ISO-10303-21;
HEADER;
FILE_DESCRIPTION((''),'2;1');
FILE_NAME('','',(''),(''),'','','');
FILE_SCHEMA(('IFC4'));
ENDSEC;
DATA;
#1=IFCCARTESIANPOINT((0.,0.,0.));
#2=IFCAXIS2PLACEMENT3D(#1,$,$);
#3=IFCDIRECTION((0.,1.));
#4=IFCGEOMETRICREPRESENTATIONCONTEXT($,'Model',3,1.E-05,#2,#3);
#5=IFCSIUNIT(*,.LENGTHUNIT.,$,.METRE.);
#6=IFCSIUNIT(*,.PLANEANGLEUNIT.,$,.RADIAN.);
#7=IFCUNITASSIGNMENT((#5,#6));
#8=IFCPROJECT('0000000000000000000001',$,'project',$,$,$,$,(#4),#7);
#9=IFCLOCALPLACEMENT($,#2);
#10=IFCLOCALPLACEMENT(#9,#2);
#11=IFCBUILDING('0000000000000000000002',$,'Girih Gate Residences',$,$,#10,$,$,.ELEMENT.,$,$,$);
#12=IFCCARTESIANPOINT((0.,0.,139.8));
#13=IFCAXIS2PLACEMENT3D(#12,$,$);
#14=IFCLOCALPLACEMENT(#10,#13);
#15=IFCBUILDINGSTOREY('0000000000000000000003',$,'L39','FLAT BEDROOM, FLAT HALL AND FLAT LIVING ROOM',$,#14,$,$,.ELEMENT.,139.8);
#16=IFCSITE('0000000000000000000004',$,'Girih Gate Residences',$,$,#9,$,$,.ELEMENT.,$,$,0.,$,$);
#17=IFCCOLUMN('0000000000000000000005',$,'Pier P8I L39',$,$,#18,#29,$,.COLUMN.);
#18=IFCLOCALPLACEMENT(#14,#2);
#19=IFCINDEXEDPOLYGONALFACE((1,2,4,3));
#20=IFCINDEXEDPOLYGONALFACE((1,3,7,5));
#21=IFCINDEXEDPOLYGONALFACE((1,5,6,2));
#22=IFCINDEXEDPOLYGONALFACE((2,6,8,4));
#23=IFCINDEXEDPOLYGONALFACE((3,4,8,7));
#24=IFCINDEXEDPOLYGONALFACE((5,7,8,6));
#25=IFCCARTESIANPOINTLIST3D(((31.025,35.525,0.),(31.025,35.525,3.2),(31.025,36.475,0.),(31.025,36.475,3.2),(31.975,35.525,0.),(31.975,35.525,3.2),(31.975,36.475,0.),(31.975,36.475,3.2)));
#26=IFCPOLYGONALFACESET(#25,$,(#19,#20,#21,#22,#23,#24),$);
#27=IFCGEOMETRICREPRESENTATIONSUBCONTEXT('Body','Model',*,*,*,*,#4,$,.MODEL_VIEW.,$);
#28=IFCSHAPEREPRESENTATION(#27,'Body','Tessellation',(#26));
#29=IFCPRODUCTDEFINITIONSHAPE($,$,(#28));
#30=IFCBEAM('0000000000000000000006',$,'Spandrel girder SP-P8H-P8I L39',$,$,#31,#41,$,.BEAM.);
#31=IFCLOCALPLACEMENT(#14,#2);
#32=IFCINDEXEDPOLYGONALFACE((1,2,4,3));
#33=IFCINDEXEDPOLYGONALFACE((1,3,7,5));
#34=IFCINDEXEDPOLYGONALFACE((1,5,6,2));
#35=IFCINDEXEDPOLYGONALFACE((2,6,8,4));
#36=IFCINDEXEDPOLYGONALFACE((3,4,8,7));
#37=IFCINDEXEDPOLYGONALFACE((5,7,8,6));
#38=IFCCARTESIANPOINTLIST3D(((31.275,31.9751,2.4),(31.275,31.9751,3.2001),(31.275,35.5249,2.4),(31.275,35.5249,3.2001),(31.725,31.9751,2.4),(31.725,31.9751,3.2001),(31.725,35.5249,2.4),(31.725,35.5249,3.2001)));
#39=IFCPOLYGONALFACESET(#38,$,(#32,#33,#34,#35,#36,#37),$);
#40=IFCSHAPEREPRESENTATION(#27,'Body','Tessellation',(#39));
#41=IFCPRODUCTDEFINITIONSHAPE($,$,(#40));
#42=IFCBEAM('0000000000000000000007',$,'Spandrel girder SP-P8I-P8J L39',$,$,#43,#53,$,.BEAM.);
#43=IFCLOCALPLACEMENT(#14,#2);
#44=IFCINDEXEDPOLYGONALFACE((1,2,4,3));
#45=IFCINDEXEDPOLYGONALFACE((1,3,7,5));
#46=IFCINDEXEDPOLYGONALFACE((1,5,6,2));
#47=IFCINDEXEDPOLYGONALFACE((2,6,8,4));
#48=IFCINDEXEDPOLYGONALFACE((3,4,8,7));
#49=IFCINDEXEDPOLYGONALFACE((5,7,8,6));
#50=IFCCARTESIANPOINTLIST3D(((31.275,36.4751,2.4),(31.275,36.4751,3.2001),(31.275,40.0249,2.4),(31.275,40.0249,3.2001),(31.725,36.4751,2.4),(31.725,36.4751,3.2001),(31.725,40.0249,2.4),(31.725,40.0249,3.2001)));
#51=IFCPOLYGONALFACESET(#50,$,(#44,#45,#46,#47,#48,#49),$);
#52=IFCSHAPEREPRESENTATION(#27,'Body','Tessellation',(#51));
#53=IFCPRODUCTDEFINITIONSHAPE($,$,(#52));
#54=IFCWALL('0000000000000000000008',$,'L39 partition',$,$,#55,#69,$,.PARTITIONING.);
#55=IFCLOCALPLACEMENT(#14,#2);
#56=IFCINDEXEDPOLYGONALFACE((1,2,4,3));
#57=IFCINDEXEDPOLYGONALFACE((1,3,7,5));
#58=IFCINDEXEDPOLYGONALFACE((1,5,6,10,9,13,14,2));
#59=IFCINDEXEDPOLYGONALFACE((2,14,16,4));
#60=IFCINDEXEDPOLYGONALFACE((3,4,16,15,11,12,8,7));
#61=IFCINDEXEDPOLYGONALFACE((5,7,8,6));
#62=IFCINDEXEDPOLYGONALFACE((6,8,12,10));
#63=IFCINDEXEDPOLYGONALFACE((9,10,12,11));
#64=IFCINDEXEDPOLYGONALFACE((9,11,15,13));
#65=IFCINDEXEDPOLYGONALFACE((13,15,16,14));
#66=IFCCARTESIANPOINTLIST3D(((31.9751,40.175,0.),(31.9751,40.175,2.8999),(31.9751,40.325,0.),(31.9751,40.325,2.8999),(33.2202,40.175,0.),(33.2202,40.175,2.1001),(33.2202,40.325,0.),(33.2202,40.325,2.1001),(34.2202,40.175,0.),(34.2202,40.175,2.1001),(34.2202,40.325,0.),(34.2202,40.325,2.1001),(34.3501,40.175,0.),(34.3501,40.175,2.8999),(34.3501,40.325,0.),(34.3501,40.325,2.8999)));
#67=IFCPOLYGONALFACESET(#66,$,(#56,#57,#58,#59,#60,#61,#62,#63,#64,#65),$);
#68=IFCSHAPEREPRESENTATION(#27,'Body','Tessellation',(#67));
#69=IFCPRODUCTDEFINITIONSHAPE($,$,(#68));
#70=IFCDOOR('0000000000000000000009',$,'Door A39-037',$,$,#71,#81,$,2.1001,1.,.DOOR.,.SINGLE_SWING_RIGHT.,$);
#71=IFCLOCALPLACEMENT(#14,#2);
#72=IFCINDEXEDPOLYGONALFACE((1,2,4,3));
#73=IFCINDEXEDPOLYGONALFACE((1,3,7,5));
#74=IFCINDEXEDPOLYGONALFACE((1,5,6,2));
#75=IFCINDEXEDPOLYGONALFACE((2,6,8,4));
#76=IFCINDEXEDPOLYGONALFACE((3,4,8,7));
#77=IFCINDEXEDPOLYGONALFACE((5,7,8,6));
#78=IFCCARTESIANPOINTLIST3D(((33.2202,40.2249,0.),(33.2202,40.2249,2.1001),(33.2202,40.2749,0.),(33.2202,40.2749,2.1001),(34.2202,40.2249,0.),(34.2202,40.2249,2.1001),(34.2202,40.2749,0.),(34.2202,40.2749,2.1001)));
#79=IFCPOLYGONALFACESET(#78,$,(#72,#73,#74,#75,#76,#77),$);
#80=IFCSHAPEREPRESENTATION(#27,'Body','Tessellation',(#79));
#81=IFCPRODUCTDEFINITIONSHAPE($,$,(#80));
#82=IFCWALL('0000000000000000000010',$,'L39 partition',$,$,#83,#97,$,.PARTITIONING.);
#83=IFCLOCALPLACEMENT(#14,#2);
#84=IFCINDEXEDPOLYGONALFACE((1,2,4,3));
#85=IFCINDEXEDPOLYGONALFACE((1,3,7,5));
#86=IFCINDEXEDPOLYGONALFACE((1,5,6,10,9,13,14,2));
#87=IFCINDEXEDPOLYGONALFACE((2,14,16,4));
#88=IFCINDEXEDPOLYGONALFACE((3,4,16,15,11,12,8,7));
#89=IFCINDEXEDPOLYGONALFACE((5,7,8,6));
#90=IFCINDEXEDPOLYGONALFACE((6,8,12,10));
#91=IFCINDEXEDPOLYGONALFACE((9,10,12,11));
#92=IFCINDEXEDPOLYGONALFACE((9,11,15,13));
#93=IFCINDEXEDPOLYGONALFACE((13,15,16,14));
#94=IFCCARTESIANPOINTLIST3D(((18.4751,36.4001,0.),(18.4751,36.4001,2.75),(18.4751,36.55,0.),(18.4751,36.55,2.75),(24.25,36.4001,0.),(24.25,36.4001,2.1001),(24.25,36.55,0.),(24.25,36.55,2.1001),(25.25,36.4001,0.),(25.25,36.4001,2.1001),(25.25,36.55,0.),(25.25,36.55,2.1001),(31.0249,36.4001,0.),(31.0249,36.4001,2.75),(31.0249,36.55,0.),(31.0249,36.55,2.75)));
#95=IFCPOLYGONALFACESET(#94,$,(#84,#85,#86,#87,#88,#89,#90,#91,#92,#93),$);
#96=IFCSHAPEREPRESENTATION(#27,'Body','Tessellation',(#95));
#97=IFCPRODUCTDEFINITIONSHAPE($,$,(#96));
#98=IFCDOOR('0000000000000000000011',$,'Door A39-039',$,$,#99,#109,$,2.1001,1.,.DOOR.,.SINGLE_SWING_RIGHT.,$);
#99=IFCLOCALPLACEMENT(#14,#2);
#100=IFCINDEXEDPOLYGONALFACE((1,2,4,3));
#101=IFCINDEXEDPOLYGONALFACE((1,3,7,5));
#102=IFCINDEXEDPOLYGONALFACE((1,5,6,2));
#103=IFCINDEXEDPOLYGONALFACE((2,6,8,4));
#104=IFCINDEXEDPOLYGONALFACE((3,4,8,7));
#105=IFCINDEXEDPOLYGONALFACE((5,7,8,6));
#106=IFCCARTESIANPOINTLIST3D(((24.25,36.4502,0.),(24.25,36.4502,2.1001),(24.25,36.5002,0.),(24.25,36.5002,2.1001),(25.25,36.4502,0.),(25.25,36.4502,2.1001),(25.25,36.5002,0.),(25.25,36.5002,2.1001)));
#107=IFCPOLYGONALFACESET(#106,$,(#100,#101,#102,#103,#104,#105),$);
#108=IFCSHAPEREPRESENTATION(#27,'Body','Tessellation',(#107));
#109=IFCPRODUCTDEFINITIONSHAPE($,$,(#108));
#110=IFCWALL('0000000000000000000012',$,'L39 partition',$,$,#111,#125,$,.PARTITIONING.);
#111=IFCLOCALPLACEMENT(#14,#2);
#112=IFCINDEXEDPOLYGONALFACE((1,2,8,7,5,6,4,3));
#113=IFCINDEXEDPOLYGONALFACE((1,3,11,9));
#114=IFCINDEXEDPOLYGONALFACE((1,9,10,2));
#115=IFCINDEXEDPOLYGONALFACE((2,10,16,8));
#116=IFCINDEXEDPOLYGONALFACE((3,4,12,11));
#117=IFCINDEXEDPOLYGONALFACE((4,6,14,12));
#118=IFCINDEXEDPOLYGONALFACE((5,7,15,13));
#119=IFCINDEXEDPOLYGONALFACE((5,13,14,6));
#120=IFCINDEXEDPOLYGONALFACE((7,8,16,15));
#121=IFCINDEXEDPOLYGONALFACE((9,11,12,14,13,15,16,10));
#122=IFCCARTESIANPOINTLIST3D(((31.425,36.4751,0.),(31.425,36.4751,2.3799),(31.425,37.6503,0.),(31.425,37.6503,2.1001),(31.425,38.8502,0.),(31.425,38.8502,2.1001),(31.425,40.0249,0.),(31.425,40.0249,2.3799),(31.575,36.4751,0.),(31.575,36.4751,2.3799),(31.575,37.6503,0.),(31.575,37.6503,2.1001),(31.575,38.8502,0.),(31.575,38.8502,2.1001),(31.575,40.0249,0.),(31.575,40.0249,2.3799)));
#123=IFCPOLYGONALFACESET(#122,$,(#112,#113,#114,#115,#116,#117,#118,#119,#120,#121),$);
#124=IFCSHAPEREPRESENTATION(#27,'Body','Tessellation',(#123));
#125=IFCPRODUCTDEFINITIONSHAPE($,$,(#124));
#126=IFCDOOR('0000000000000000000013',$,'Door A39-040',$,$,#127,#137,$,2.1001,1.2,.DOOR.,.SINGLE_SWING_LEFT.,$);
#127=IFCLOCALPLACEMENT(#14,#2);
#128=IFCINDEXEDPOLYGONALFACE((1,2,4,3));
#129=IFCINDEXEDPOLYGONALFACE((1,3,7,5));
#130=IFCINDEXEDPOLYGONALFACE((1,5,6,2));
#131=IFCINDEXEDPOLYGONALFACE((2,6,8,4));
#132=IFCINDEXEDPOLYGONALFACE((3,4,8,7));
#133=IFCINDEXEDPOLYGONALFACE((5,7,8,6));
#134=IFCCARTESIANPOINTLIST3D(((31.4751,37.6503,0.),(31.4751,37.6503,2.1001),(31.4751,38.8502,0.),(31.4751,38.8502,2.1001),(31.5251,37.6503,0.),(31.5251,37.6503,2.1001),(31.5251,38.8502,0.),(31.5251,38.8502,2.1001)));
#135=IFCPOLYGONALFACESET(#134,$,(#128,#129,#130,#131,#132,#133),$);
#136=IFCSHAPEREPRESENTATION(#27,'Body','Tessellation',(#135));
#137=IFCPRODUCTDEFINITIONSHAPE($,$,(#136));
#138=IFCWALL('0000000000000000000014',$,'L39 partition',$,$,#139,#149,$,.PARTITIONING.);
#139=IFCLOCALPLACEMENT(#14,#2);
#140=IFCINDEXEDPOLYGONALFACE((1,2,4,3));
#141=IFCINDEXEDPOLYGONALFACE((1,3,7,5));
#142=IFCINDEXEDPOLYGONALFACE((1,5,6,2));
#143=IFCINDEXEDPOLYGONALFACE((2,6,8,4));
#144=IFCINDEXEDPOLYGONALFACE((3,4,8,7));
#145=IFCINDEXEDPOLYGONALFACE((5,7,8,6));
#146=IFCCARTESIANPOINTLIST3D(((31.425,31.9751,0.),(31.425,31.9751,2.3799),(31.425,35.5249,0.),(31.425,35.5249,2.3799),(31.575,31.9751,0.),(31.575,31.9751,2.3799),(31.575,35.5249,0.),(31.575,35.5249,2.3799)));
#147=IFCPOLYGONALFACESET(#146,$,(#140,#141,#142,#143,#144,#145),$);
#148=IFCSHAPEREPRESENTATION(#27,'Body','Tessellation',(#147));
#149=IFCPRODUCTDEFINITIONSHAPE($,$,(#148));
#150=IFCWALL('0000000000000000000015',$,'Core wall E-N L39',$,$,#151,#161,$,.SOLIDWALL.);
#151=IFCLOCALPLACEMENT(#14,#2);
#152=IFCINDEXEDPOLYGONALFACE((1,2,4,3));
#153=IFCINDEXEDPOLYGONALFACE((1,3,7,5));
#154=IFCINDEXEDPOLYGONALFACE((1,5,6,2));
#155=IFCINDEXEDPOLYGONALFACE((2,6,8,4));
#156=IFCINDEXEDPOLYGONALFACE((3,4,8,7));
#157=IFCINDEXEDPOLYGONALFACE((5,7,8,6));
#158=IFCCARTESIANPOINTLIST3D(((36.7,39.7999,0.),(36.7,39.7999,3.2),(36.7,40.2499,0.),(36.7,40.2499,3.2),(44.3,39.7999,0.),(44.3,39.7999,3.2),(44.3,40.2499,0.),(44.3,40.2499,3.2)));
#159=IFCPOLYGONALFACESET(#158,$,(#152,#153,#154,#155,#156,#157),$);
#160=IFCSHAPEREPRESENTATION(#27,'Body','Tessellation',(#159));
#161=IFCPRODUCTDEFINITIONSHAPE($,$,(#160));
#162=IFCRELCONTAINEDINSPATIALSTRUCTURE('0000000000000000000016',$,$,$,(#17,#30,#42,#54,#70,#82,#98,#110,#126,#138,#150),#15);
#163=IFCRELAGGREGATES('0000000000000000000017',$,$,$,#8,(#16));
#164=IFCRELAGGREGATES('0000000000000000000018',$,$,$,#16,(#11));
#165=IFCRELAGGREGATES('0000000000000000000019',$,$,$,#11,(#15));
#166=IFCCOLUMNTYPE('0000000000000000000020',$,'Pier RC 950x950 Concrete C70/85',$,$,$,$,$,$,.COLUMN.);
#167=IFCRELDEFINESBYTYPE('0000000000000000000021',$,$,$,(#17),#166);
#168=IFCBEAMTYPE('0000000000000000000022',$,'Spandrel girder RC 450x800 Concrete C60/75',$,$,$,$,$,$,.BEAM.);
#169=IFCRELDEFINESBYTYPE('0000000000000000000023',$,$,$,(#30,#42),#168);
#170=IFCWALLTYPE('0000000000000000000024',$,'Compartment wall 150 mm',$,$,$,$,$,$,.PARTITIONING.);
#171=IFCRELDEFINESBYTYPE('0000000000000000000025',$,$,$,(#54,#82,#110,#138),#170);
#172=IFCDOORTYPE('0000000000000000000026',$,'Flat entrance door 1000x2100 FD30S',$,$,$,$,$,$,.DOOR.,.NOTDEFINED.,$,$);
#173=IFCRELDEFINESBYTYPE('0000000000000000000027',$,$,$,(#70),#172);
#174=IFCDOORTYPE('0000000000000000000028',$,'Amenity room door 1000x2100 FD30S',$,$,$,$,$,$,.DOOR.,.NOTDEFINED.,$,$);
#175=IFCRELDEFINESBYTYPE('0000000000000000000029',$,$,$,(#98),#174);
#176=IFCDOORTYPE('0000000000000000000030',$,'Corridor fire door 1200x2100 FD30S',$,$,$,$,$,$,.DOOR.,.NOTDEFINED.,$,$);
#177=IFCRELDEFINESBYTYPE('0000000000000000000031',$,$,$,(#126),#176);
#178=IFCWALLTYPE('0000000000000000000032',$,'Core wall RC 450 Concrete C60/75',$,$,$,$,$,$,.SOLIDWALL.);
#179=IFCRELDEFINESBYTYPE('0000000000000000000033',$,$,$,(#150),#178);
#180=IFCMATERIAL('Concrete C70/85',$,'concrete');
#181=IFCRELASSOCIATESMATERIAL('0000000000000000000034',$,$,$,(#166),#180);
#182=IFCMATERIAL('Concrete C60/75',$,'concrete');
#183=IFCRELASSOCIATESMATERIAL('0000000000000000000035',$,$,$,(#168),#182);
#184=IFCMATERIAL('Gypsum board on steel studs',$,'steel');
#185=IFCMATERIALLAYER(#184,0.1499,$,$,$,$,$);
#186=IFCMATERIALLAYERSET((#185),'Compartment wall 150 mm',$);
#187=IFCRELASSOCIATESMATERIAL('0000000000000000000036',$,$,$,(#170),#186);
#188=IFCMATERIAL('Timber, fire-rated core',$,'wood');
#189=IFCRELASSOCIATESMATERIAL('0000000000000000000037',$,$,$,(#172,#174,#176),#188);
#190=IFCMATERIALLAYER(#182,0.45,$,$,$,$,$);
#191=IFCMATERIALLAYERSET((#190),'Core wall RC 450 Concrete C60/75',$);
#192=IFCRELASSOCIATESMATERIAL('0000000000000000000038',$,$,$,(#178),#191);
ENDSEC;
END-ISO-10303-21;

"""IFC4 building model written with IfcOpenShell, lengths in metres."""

from ifc_helpers import new_model, si_unit, direction, frame, frame_2d, origin, origin_2d, place, context, subcontext, project, spatial, rectangle, extrude, material, layer, layer_set, material_profile, profile_set, type_object, element, fill, save


model = new_model("IFC4")

# Units and contexts
model_context = context("Model", 3, precision=1e-05, world=origin(), true_north=direction((0.0, 1.0)))
body_context = subcontext(model_context, "Body", "Model", "MODEL_VIEW")
ifc_project = project(units=[si_unit("LENGTHUNIT", "METRE"), si_unit("PLANEANGLEUNIT", "RADIAN")], contexts=[model_context])

# Site, building, storey
site_placement = place(None, origin())
site = spatial("IfcSite", under=ifc_project, at=site_placement, Name="Girih Gate Residences", CompositionType="ELEMENT", RefElevation=0.0)
building_placement = place(site_placement, origin())
building = spatial("IfcBuilding", under=site, at=building_placement, Name="Girih Gate Residences", CompositionType="ELEMENT")
storey_placement = place(building_placement, frame((0.0, 0.0, 139.8)))
storey = spatial("IfcBuildingStorey", under=building, at=storey_placement, Name="L39", Description="FLAT BEDROOM, FLAT HALL AND FLAT LIVING ROOM", CompositionType="ELEMENT", Elevation=139.8)

# Column
ifc_material_1 = material(Name="Concrete C70/85", Category="concrete")
ifc_material_profile_1 = material_profile(ifc_material_1, rectangle(XDim=0.95, YDim=0.95, at=origin_2d()))
ifc_profile_set_1 = profile_set([ifc_material_profile_1], Name="Concrete C70/85")
column_type = type_object("IfcColumnType", Name="Pier RC 950x950 Concrete C70/85", PredefinedType="COLUMN", material=ifc_profile_set_1)
column_placement = place(storey_placement, frame((31.5, 36.0, 0.0), z_axis=(0.0, 0.0, 1.0), x_axis=(1.0, 0.0, 0.0)))
element("IfcColumn", 1, at=column_placement, inside=storey, type_object=column_type, Name="Pier P8I L39", PredefinedType="COLUMN", context=body_context, shape_type="SweptSolid", body=[
    extrude(rectangle(XDim=0.95, YDim=0.95, at=origin_2d()), origin(), (0.0, 0.0, 1.0), 3.2),
])

# Beams
ifc_material_2 = material(Name="Concrete C60/75", Category="concrete")
ifc_material_profile_2 = material_profile(ifc_material_2, rectangle(XDim=0.45, YDim=0.8, at=origin_2d()))
ifc_profile_set_2 = profile_set([ifc_material_profile_2], Name="Concrete C60/75")
beam_type = type_object("IfcBeamType", Name="Spandrel girder RC 450x800 Concrete C60/75", PredefinedType="BEAM", material=ifc_profile_set_2)
for number, where, z_axis, x_axis, name in (
    (2, (31.5, 31.9751, 2.8), (0.0, 1.0, 0.0), (-1.0, 0.0, 0.0), "Spandrel girder SP-P8H-P8I L39"),
    (3, (31.5, 36.4751, 2.8), (0.0, 1.0, 0.0), (-1.0, 0.0, 0.0), "Spandrel girder SP-P8I-P8J L39"),
):
    element("IfcBeam", number, at=place(storey_placement, frame(where, z_axis=z_axis, x_axis=x_axis)), inside=storey, type_object=beam_type, Name=name, PredefinedType="BEAM", context=body_context, shape_type="SweptSolid", body=[
        extrude(rectangle(XDim=0.45, YDim=0.8, at=origin_2d()), origin(), (0.0, 0.0, 1.0), 3.5498),
    ])

# Walls, openings, doors
ifc_material_3 = material(Name="Gypsum board on steel studs", Category="steel")
ifc_layer_1 = layer(ifc_material_3, 0.1499)
ifc_layer_set_1 = layer_set([ifc_layer_1], Name="Compartment wall 150 mm")
wall_type_1 = type_object("IfcWallType", Name="Compartment wall 150 mm", PredefinedType="PARTITIONING", material=ifc_layer_set_1)
wall_1_placement = place(storey_placement, frame((31.9751, 40.25, 0.0), z_axis=(0.0, 0.0, 1.0), x_axis=(1.0, 0.0, 0.0)))
wall_1 = element("IfcWall", 4, at=wall_1_placement, inside=storey, type_object=wall_type_1, Name="L39 partition", PredefinedType="PARTITIONING", context=body_context, shape_type="SweptSolid", body=[
    extrude(rectangle(XDim=2.375, YDim=0.1499, at=frame_2d((1.1875, 0.0))), origin(), (0.0, 0.0, 1.0), 2.8999),
])
opening_1_placement = place(wall_1_placement, frame((1.2451, 0.0, 0.0)))
opening_1 = element("IfcOpeningElement", 5, at=opening_1_placement, cuts=wall_1, PredefinedType="OPENING", context=body_context, shape_type="SweptSolid", body=[
    extrude(rectangle(XDim=1.0, YDim=2.1001, at=frame_2d((0.5, 1.05))), frame((0.0, 0.085, 0.0), z_axis=(0.0, -1.0, 0.0), x_axis=(1.0, 0.0, 0.0)), (0.0, 0.0, 1.0), 0.1699),
])
ifc_material_4 = material(Name="Timber, fire-rated core", Category="wood")
door_type_1 = type_object("IfcDoorType", Name="Flat entrance door 1000x2100 FD30S", OperationType="NOTDEFINED", PredefinedType="DOOR", material=ifc_material_4)
door_1_placement = place(opening_1_placement, origin())
door_1 = element("IfcDoor", 6, at=door_1_placement, inside=storey, type_object=door_type_1, Name="Door A39-037", OperationType="SINGLE_SWING_RIGHT", OverallHeight=2.1001, OverallWidth=1.0, PredefinedType="DOOR", context=body_context, shape_type="SweptSolid", body=[
    extrude(rectangle(XDim=1.0, YDim=2.1001, at=frame_2d((0.5, 1.05))), frame((0.0, 0.0249, 0.0), z_axis=(0.0, -1.0, 0.0), x_axis=(1.0, 0.0, 0.0)), (0.0, 0.0, 1.0), 0.05),
])
fill(opening_1, door_1)
wall_2_placement = place(storey_placement, frame((31.0249, 36.4751, 0.0), z_axis=(0.0, 0.0, 1.0), x_axis=(-1.0, 0.0, 0.0)))
wall_2 = element("IfcWall", 7, at=wall_2_placement, inside=storey, type_object=wall_type_1, Name="L39 partition", PredefinedType="PARTITIONING", context=body_context, shape_type="SweptSolid", body=[
    extrude(rectangle(XDim=12.5498, YDim=0.1499, at=frame_2d((6.2749, 0.0))), origin(), (0.0, 0.0, 1.0), 2.75),
])
opening_2_placement = place(wall_2_placement, frame((5.7749, 0.0, 0.0)))
opening_2 = element("IfcOpeningElement", 8, at=opening_2_placement, cuts=wall_2, PredefinedType="OPENING", context=body_context, shape_type="SweptSolid", body=[
    extrude(rectangle(XDim=1.0, YDim=2.1001, at=frame_2d((0.5, 1.05))), frame((0.0, 0.085, 0.0), z_axis=(0.0, -1.0, 0.0), x_axis=(1.0, 0.0, 0.0)), (0.0, 0.0, 1.0), 0.1699),
])
door_type_2 = type_object("IfcDoorType", Name="Amenity room door 1000x2100 FD30S", OperationType="NOTDEFINED", PredefinedType="DOOR", material=ifc_material_4)
door_2_placement = place(opening_2_placement, origin())
door_2 = element("IfcDoor", 9, at=door_2_placement, inside=storey, type_object=door_type_2, Name="Door A39-039", OperationType="SINGLE_SWING_RIGHT", OverallHeight=2.1001, OverallWidth=1.0, PredefinedType="DOOR", context=body_context, shape_type="SweptSolid", body=[
    extrude(rectangle(XDim=1.0, YDim=2.1001, at=frame_2d((0.5, 1.05))), frame((0.0, 0.0249, 0.0), z_axis=(0.0, -1.0, 0.0), x_axis=(1.0, 0.0, 0.0)), (0.0, 0.0, 1.0), 0.05),
])
fill(opening_2, door_2)
wall_3_placement = place(storey_placement, frame((31.5, 36.4751, 0.0), z_axis=(0.0, 0.0, 1.0), x_axis=(0.0, 1.0, 0.0)))
wall_3 = element("IfcWall", 10, at=wall_3_placement, inside=storey, type_object=wall_type_1, Name="L39 partition", PredefinedType="PARTITIONING", context=body_context, shape_type="SweptSolid", body=[
    extrude(rectangle(XDim=3.5498, YDim=0.1499, at=frame_2d((1.7749, 0.0))), origin(), (0.0, 0.0, 1.0), 2.3799),
])
opening_3_placement = place(wall_3_placement, frame((1.175, 0.0, 0.0)))
opening_3 = element("IfcOpeningElement", 11, at=opening_3_placement, cuts=wall_3, PredefinedType="OPENING", context=body_context, shape_type="SweptSolid", body=[
    extrude(rectangle(XDim=1.2, YDim=2.1001, at=frame_2d((0.6001, 1.05))), frame((0.0, 0.085, 0.0), z_axis=(0.0, -1.0, 0.0), x_axis=(1.0, 0.0, 0.0)), (0.0, 0.0, 1.0), 0.1699),
])
door_type_3 = type_object("IfcDoorType", Name="Corridor fire door 1200x2100 FD30S", OperationType="NOTDEFINED", PredefinedType="DOOR", material=ifc_material_4)
door_3_placement = place(opening_3_placement, origin())
door_3 = element("IfcDoor", 12, at=door_3_placement, inside=storey, type_object=door_type_3, Name="Door A39-040", OperationType="SINGLE_SWING_LEFT", OverallHeight=2.1001, OverallWidth=1.2, PredefinedType="DOOR", context=body_context, shape_type="SweptSolid", body=[
    extrude(rectangle(XDim=1.2, YDim=2.1001, at=frame_2d((0.6001, 1.05))), frame((0.0, 0.0249, 0.0), z_axis=(0.0, -1.0, 0.0), x_axis=(1.0, 0.0, 0.0)), (0.0, 0.0, 1.0), 0.05),
])
fill(opening_3, door_3)

# Walls
wall_4_placement = place(storey_placement, frame((31.5, 31.9751, 0.0), z_axis=(0.0, 0.0, 1.0), x_axis=(0.0, 1.0, 0.0)))
element("IfcWall", 13, at=wall_4_placement, inside=storey, type_object=wall_type_1, Name="L39 partition", PredefinedType="PARTITIONING", context=body_context, shape_type="SweptSolid", body=[
    extrude(rectangle(XDim=3.5498, YDim=0.1499, at=frame_2d((1.7749, 0.0))), origin(), (0.0, 0.0, 1.0), 2.3799),
])
ifc_layer_2 = layer(ifc_material_2, 0.45)
ifc_layer_set_2 = layer_set([ifc_layer_2], Name="Core wall RC 450 Concrete C60/75")
wall_type_2 = type_object("IfcWallType", Name="Core wall RC 450 Concrete C60/75", PredefinedType="SOLIDWALL", material=ifc_layer_set_2)
wall_5_placement = place(storey_placement, frame((36.7, 40.0249, 0.0), z_axis=(0.0, 0.0, 1.0), x_axis=(1.0, 0.0, 0.0)))
element("IfcWall", 14, at=wall_5_placement, inside=storey, type_object=wall_type_2, Name="Core wall E-N L39", PredefinedType="SOLIDWALL", context=body_context, shape_type="SweptSolid", body=[
    extrude(rectangle(XDim=7.6001, YDim=0.45, at=frame_2d((3.8, 0.0))), origin(), (0.0, 0.0, 1.0), 3.2),
])

save(model, "model.ifc")
